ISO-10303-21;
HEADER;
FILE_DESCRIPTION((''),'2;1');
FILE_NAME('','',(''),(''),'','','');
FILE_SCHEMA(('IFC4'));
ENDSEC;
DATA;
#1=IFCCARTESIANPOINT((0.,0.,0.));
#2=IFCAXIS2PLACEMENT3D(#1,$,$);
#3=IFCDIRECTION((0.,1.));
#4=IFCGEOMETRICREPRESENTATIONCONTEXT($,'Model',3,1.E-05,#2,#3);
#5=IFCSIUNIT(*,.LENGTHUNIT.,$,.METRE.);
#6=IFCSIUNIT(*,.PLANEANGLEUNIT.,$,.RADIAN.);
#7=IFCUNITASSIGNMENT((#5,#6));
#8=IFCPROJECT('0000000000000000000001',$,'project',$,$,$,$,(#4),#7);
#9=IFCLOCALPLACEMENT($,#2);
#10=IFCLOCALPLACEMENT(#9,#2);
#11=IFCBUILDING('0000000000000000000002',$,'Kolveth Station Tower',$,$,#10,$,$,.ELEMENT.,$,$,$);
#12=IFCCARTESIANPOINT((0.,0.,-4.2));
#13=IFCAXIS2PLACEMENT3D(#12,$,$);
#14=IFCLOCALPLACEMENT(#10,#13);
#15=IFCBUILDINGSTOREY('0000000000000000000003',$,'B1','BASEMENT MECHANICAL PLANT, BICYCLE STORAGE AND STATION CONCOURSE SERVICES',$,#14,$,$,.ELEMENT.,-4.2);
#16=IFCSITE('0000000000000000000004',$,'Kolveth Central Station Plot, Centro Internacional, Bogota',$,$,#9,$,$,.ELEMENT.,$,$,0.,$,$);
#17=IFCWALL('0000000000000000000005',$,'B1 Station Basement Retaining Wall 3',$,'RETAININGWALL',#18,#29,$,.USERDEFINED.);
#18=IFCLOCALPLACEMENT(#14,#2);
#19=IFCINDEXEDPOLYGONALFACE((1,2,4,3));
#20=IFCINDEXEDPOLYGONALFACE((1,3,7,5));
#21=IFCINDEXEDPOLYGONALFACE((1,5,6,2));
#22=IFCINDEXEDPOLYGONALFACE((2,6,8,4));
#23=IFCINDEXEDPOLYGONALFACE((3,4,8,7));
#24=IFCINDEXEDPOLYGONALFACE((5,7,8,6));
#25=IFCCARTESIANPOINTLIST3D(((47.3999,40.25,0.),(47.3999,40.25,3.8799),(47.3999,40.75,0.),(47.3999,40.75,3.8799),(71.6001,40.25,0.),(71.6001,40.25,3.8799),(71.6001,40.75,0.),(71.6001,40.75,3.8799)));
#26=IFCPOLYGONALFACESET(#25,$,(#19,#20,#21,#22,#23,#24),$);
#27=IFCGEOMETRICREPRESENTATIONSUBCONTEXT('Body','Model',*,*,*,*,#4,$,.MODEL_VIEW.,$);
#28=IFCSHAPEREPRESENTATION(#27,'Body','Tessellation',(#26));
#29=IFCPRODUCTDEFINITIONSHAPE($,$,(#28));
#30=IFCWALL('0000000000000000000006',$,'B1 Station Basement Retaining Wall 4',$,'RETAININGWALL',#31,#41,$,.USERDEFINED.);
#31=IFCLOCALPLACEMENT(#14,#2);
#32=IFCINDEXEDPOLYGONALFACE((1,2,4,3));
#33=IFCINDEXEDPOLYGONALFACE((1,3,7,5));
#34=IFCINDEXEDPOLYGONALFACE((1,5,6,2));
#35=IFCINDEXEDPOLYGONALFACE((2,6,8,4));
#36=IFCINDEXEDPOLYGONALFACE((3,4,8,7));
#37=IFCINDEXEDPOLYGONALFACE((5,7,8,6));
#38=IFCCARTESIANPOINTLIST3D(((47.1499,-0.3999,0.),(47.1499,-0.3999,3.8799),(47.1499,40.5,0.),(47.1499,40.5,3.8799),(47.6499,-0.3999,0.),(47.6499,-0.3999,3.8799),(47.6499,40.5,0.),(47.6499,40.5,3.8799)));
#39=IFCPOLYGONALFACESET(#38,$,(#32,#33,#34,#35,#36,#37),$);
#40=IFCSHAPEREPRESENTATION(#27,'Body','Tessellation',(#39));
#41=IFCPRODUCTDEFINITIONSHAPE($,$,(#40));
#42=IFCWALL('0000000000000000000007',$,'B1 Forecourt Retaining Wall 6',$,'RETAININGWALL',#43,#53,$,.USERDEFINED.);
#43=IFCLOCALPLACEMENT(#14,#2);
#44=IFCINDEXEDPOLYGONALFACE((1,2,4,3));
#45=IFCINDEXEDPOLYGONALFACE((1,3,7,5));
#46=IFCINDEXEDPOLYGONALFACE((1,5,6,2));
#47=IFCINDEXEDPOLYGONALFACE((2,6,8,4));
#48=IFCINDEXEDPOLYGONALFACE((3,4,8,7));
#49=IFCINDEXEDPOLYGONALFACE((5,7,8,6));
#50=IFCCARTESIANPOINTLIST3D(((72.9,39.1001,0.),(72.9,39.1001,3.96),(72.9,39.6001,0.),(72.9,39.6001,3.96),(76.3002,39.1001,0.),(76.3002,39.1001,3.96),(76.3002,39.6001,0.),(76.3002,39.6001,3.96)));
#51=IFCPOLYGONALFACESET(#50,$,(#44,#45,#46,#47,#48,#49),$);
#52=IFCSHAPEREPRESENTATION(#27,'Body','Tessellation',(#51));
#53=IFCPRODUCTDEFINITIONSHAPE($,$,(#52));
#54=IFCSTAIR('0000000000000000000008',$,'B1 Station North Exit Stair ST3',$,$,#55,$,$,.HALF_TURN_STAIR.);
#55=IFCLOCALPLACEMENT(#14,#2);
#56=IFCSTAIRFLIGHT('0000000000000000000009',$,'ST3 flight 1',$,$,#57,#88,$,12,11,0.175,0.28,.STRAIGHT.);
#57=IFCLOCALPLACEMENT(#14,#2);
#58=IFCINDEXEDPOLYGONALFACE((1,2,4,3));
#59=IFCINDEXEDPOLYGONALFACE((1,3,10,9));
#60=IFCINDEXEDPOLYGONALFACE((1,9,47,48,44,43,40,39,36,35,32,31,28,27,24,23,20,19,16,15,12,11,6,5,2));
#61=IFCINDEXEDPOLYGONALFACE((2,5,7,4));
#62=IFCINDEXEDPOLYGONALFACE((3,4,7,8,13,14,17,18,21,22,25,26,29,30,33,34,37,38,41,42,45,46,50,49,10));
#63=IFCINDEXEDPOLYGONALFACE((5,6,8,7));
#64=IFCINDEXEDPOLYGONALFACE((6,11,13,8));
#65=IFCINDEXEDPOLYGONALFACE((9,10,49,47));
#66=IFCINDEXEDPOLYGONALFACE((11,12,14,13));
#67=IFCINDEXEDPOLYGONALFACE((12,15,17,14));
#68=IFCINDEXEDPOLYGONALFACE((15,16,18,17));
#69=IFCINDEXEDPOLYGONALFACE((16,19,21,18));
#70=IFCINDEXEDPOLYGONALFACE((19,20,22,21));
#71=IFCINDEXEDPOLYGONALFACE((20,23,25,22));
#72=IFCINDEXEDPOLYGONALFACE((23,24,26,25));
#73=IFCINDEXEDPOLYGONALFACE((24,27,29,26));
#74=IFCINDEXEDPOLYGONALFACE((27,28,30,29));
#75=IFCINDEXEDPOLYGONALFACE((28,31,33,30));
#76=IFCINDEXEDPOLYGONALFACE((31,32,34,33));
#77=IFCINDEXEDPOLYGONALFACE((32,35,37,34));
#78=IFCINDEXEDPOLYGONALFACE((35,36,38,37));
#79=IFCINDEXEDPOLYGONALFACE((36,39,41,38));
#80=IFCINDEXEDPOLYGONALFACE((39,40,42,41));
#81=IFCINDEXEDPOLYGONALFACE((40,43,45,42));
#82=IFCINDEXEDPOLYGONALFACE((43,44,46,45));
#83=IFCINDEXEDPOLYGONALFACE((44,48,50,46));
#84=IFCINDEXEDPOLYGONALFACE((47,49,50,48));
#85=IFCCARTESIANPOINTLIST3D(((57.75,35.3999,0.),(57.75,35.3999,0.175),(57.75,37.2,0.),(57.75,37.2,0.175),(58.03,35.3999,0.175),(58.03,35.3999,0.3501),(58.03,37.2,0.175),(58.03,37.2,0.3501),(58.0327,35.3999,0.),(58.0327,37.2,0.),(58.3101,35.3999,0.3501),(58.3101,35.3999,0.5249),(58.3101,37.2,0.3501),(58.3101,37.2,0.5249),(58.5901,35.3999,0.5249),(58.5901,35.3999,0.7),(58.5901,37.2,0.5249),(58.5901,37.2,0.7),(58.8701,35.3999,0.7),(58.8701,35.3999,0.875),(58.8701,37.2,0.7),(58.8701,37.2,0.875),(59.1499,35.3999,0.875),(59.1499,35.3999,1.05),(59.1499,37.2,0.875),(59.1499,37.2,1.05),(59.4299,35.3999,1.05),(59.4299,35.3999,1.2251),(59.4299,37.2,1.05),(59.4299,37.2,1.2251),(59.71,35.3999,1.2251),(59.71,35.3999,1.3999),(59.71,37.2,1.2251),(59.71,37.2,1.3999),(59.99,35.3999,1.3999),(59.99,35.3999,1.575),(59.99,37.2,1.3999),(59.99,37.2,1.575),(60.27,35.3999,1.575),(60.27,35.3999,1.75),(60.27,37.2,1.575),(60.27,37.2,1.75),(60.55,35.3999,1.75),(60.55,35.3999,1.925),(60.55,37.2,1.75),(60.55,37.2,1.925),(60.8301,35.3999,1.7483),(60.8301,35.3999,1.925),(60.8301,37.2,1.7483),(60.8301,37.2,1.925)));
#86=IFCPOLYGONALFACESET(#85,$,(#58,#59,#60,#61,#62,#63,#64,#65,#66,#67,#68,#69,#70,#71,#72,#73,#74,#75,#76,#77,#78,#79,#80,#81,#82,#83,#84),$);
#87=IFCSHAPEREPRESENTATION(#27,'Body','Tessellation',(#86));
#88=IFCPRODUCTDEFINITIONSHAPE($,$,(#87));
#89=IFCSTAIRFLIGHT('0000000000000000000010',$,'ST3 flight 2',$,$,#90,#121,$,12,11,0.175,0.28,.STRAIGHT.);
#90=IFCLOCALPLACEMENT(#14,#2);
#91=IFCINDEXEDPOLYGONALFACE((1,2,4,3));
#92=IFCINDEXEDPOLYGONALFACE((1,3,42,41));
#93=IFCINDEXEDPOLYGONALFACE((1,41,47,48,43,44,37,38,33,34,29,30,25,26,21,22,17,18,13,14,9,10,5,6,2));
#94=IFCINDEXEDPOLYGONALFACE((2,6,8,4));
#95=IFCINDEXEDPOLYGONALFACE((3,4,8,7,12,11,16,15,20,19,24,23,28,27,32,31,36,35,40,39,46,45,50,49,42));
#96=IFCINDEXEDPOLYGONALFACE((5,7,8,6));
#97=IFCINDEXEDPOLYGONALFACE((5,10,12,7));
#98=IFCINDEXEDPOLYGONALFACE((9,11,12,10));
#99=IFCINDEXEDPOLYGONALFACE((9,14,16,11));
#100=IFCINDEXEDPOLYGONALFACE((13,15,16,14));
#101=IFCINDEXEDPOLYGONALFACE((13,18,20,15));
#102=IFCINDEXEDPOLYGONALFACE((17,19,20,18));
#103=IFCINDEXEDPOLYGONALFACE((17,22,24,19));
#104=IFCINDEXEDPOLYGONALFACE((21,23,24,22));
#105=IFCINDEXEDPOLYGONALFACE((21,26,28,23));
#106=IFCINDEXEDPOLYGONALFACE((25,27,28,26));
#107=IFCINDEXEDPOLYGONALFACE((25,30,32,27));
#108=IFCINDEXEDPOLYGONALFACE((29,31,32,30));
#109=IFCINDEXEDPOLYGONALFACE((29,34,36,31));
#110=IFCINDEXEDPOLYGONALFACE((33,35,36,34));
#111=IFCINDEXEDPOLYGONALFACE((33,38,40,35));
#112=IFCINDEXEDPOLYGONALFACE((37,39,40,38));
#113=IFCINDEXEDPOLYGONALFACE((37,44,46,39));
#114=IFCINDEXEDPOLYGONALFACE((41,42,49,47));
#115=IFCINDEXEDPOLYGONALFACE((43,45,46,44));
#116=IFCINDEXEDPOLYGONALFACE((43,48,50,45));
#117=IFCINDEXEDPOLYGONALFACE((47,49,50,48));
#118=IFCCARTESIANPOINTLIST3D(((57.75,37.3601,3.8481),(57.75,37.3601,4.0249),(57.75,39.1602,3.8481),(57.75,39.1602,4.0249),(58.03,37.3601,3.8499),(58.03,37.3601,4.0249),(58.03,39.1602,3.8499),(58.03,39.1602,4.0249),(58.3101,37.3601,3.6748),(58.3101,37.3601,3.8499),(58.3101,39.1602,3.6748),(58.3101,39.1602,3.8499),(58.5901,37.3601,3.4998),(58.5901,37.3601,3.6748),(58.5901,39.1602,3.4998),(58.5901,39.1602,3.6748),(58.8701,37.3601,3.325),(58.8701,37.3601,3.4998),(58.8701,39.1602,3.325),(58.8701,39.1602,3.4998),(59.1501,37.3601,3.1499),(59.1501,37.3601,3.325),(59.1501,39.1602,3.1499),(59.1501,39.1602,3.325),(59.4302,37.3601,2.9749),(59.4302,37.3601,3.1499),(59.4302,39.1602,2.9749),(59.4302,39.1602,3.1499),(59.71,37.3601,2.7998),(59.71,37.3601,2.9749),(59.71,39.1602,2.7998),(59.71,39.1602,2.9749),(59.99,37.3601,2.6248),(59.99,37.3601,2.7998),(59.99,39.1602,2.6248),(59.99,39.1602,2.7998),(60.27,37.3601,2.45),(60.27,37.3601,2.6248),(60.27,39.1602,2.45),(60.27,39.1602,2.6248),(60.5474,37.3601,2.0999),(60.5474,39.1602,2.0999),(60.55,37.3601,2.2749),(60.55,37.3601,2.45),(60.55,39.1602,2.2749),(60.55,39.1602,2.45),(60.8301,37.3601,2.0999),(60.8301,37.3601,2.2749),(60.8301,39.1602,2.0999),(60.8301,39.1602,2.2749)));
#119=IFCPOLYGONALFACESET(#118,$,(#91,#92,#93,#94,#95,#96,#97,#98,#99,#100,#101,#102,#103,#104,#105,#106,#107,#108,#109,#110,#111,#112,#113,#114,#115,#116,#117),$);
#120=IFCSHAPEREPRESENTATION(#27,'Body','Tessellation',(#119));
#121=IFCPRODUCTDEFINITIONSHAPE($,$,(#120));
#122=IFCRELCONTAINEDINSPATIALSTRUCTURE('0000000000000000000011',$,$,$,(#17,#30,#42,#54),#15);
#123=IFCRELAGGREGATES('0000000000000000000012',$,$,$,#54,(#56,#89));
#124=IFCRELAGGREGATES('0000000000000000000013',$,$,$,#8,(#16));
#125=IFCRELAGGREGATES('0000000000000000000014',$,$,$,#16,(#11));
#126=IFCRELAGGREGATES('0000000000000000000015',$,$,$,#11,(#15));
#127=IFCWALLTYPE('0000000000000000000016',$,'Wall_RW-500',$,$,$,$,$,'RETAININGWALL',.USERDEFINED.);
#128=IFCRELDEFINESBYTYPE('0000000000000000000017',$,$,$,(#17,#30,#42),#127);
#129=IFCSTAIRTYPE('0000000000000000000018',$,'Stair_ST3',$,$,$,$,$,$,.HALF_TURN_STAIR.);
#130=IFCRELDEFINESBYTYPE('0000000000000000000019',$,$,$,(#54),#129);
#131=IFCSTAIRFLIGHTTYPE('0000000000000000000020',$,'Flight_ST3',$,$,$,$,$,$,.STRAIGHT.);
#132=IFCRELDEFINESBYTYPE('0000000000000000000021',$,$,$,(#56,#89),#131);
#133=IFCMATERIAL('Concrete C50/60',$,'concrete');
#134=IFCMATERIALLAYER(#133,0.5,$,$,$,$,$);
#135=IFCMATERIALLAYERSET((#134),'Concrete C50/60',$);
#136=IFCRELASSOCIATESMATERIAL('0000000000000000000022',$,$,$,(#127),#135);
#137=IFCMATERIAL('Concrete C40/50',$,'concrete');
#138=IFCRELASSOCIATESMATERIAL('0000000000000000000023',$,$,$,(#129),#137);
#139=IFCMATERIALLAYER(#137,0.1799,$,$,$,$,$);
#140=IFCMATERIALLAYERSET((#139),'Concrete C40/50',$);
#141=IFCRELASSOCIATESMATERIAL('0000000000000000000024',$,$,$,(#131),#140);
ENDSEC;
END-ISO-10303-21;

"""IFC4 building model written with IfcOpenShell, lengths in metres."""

from ifc_helpers import new_model, si_unit, direction, frame, frame_2d, origin, place, context, subcontext, project, spatial, polyline, rectangle, outline, extrude, material, layer, layer_set, type_object, element, aggregate, save


model = new_model("IFC4")

# Units and contexts
model_context = context("Model", 3, precision=1e-05, world=origin(), true_north=direction((0.0, 1.0)))
body_context = subcontext(model_context, "Body", "Model", "MODEL_VIEW")
ifc_project = project(units=[si_unit("LENGTHUNIT", "METRE"), si_unit("PLANEANGLEUNIT", "RADIAN")], contexts=[model_context])

# Site, building, storey
site_placement = place(None, origin())
site = spatial("IfcSite", under=ifc_project, at=site_placement, Name="Kolveth Central Station Plot, Centro Internacional, Bogota", CompositionType="ELEMENT", RefElevation=0.0)
building_placement = place(site_placement, origin())
building = spatial("IfcBuilding", under=site, at=building_placement, Name="Kolveth Station Tower", CompositionType="ELEMENT")
storey_placement = place(building_placement, frame((0.0, 0.0, -4.2)))
storey = spatial("IfcBuildingStorey", under=building, at=storey_placement, Name="B1", Description="BASEMENT MECHANICAL PLANT, BICYCLE STORAGE AND STATION CONCOURSE SERVICES", CompositionType="ELEMENT", Elevation=-4.2)

# Shared definitions
ifc_material_1 = material(Name="Concrete C40/50", Category="concrete")

# Walls
ifc_material_2 = material(Name="Concrete C50/60", Category="concrete")
ifc_layer_1 = layer(ifc_material_2, 0.5)
ifc_layer_set_1 = layer_set([ifc_layer_1], Name="Concrete C50/60")
wall_type_1 = type_object("IfcWallType", Name="Wall_RW-500", ElementType="RETAININGWALL", PredefinedType="USERDEFINED", material=ifc_layer_set_1)
wall_1_placement = place(storey_placement, frame((71.6001, 40.5, 0.0), z_axis=(0.0, 0.0, 1.0), x_axis=(-1.0, 0.0, 0.0)))
element("IfcWall", 1, at=wall_1_placement, inside=storey, type_object=wall_type_1, Name="B1 Station Basement Retaining Wall 3", ObjectType="RETAININGWALL", PredefinedType="USERDEFINED", context=body_context, shape_type="SweptSolid", body=[
    extrude(rectangle(XDim=24.2002, YDim=0.5, at=frame_2d((12.1001, 0.0))), origin(), (0.0, 0.0, 1.0), 3.8799),
])
wall_2_placement = place(storey_placement, frame((47.3999, 40.5, 0.0), z_axis=(0.0, 0.0, 1.0), x_axis=(0.0, -1.0, 0.0)))
element("IfcWall", 2, at=wall_2_placement, inside=storey, type_object=wall_type_1, Name="B1 Station Basement Retaining Wall 4", ObjectType="RETAININGWALL", PredefinedType="USERDEFINED", context=body_context, shape_type="SweptSolid", body=[
    extrude(rectangle(XDim=40.8999, YDim=0.5, at=frame_2d((20.45, 0.0))), origin(), (0.0, 0.0, 1.0), 3.8799),
])
wall_3_placement = place(storey_placement, frame((72.8999, 39.3501, 0.0), z_axis=(0.0, 0.0, 1.0), x_axis=(1.0, 0.0, 0.0)))
element("IfcWall", 3, at=wall_3_placement, inside=storey, type_object=wall_type_1, Name="B1 Forecourt Retaining Wall 6", ObjectType="RETAININGWALL", PredefinedType="USERDEFINED", context=body_context, shape_type="SweptSolid", body=[
    extrude(rectangle(XDim=3.4001, YDim=0.5, at=frame_2d((1.7002, 0.0))), origin(), (0.0, 0.0, 1.0), 3.96),
])

# Stair, stair flights
stair_type = type_object("IfcStairType", Name="Stair_ST3", PredefinedType="HALF_TURN_STAIR", material=ifc_material_1)
stair_placement = place(storey_placement, origin())
stair = element("IfcStair", 4, at=stair_placement, inside=storey, type_object=stair_type, Name="B1 Station North Exit Stair ST3", PredefinedType="HALF_TURN_STAIR")
ifc_layer_2 = layer(ifc_material_1, 0.1799)
ifc_layer_set_2 = layer_set([ifc_layer_2], Name="Concrete C40/50")
stair_flight_type = type_object("IfcStairFlightType", Name="Flight_ST3", PredefinedType="STRAIGHT", material=ifc_layer_set_2)
stair_flight_1_placement = place(storey_placement, frame((57.75, 36.3, 0.0), z_axis=(0.0, 0.0, 1.0), x_axis=(1.0, 0.0, 0.0)))
stair_flight_1 = element("IfcStairFlight", 5, at=stair_flight_1_placement, type_object=stair_flight_type, Name="ST3 flight 1", NumberOfRisers=12, NumberOfTreads=11, PredefinedType="STRAIGHT", RiserHeight=0.175, TreadLength=0.28, context=body_context, shape_type="SweptSolid", body=[
    extrude(outline(polyline([(0.0, 0.0), (0.0, 0.175), (0.28, 0.175), (0.28, 0.3501), (0.5601, 0.3501), (0.5601, 0.5249), (0.8401, 0.5249), (0.8401, 0.7), (1.1201, 0.7), (1.1201, 0.875), (1.3999, 0.875), (1.3999, 1.05), (1.6799, 1.05), (1.6799, 1.2251), (1.96, 1.2251), (1.96, 1.3999), (2.24, 1.3999), (2.24, 1.575), (2.52, 1.575), (2.52, 1.75), (2.8, 1.75), (2.8, 1.925), (3.0801, 1.925), (3.0801, 2.1001), (3.0801, 1.7483), (0.2827, 0.0), (0.0, 0.0)])), frame((0.0, 0.8999, 0.0), z_axis=(0.0, -1.0, 0.0), x_axis=(1.0, 0.0, 0.0)), (0.0, 0.0, 1.0), 1.8),
])
stair_flight_2_placement = place(storey_placement, frame((60.8301, 38.26, 2.0999), z_axis=(0.0, 0.0, 1.0), x_axis=(-1.0, 0.0, 0.0)))
stair_flight_2 = element("IfcStairFlight", 6, at=stair_flight_2_placement, type_object=stair_flight_type, Name="ST3 flight 2", NumberOfRisers=12, NumberOfTreads=11, PredefinedType="STRAIGHT", RiserHeight=0.175, TreadLength=0.28, context=body_context, shape_type="SweptSolid", body=[
    extrude(outline(polyline([(0.0, 0.0), (0.0, 0.175), (0.28, 0.175), (0.28, 0.3501), (0.5601, 0.3501), (0.5601, 0.5249), (0.8401, 0.5249), (0.8401, 0.7), (1.1201, 0.7), (1.1201, 0.875), (1.3999, 0.875), (1.3999, 1.05), (1.6799, 1.05), (1.6799, 1.2251), (1.96, 1.2251), (1.96, 1.3999), (2.24, 1.3999), (2.24, 1.575), (2.52, 1.575), (2.52, 1.75), (2.8, 1.75), (2.8, 1.925), (3.0801, 1.925), (3.0801, 2.1001), (3.0801, 1.7483), (0.2827, 0.0), (0.0, 0.0)])), frame((0.0, 0.8999, 0.0), z_axis=(0.0, -1.0, 0.0), x_axis=(1.0, 0.0, 0.0)), (0.0, 0.0, 1.0), 1.8),
])
aggregate(stair, [stair_flight_1, stair_flight_2])

save(model, "model.ifc")
